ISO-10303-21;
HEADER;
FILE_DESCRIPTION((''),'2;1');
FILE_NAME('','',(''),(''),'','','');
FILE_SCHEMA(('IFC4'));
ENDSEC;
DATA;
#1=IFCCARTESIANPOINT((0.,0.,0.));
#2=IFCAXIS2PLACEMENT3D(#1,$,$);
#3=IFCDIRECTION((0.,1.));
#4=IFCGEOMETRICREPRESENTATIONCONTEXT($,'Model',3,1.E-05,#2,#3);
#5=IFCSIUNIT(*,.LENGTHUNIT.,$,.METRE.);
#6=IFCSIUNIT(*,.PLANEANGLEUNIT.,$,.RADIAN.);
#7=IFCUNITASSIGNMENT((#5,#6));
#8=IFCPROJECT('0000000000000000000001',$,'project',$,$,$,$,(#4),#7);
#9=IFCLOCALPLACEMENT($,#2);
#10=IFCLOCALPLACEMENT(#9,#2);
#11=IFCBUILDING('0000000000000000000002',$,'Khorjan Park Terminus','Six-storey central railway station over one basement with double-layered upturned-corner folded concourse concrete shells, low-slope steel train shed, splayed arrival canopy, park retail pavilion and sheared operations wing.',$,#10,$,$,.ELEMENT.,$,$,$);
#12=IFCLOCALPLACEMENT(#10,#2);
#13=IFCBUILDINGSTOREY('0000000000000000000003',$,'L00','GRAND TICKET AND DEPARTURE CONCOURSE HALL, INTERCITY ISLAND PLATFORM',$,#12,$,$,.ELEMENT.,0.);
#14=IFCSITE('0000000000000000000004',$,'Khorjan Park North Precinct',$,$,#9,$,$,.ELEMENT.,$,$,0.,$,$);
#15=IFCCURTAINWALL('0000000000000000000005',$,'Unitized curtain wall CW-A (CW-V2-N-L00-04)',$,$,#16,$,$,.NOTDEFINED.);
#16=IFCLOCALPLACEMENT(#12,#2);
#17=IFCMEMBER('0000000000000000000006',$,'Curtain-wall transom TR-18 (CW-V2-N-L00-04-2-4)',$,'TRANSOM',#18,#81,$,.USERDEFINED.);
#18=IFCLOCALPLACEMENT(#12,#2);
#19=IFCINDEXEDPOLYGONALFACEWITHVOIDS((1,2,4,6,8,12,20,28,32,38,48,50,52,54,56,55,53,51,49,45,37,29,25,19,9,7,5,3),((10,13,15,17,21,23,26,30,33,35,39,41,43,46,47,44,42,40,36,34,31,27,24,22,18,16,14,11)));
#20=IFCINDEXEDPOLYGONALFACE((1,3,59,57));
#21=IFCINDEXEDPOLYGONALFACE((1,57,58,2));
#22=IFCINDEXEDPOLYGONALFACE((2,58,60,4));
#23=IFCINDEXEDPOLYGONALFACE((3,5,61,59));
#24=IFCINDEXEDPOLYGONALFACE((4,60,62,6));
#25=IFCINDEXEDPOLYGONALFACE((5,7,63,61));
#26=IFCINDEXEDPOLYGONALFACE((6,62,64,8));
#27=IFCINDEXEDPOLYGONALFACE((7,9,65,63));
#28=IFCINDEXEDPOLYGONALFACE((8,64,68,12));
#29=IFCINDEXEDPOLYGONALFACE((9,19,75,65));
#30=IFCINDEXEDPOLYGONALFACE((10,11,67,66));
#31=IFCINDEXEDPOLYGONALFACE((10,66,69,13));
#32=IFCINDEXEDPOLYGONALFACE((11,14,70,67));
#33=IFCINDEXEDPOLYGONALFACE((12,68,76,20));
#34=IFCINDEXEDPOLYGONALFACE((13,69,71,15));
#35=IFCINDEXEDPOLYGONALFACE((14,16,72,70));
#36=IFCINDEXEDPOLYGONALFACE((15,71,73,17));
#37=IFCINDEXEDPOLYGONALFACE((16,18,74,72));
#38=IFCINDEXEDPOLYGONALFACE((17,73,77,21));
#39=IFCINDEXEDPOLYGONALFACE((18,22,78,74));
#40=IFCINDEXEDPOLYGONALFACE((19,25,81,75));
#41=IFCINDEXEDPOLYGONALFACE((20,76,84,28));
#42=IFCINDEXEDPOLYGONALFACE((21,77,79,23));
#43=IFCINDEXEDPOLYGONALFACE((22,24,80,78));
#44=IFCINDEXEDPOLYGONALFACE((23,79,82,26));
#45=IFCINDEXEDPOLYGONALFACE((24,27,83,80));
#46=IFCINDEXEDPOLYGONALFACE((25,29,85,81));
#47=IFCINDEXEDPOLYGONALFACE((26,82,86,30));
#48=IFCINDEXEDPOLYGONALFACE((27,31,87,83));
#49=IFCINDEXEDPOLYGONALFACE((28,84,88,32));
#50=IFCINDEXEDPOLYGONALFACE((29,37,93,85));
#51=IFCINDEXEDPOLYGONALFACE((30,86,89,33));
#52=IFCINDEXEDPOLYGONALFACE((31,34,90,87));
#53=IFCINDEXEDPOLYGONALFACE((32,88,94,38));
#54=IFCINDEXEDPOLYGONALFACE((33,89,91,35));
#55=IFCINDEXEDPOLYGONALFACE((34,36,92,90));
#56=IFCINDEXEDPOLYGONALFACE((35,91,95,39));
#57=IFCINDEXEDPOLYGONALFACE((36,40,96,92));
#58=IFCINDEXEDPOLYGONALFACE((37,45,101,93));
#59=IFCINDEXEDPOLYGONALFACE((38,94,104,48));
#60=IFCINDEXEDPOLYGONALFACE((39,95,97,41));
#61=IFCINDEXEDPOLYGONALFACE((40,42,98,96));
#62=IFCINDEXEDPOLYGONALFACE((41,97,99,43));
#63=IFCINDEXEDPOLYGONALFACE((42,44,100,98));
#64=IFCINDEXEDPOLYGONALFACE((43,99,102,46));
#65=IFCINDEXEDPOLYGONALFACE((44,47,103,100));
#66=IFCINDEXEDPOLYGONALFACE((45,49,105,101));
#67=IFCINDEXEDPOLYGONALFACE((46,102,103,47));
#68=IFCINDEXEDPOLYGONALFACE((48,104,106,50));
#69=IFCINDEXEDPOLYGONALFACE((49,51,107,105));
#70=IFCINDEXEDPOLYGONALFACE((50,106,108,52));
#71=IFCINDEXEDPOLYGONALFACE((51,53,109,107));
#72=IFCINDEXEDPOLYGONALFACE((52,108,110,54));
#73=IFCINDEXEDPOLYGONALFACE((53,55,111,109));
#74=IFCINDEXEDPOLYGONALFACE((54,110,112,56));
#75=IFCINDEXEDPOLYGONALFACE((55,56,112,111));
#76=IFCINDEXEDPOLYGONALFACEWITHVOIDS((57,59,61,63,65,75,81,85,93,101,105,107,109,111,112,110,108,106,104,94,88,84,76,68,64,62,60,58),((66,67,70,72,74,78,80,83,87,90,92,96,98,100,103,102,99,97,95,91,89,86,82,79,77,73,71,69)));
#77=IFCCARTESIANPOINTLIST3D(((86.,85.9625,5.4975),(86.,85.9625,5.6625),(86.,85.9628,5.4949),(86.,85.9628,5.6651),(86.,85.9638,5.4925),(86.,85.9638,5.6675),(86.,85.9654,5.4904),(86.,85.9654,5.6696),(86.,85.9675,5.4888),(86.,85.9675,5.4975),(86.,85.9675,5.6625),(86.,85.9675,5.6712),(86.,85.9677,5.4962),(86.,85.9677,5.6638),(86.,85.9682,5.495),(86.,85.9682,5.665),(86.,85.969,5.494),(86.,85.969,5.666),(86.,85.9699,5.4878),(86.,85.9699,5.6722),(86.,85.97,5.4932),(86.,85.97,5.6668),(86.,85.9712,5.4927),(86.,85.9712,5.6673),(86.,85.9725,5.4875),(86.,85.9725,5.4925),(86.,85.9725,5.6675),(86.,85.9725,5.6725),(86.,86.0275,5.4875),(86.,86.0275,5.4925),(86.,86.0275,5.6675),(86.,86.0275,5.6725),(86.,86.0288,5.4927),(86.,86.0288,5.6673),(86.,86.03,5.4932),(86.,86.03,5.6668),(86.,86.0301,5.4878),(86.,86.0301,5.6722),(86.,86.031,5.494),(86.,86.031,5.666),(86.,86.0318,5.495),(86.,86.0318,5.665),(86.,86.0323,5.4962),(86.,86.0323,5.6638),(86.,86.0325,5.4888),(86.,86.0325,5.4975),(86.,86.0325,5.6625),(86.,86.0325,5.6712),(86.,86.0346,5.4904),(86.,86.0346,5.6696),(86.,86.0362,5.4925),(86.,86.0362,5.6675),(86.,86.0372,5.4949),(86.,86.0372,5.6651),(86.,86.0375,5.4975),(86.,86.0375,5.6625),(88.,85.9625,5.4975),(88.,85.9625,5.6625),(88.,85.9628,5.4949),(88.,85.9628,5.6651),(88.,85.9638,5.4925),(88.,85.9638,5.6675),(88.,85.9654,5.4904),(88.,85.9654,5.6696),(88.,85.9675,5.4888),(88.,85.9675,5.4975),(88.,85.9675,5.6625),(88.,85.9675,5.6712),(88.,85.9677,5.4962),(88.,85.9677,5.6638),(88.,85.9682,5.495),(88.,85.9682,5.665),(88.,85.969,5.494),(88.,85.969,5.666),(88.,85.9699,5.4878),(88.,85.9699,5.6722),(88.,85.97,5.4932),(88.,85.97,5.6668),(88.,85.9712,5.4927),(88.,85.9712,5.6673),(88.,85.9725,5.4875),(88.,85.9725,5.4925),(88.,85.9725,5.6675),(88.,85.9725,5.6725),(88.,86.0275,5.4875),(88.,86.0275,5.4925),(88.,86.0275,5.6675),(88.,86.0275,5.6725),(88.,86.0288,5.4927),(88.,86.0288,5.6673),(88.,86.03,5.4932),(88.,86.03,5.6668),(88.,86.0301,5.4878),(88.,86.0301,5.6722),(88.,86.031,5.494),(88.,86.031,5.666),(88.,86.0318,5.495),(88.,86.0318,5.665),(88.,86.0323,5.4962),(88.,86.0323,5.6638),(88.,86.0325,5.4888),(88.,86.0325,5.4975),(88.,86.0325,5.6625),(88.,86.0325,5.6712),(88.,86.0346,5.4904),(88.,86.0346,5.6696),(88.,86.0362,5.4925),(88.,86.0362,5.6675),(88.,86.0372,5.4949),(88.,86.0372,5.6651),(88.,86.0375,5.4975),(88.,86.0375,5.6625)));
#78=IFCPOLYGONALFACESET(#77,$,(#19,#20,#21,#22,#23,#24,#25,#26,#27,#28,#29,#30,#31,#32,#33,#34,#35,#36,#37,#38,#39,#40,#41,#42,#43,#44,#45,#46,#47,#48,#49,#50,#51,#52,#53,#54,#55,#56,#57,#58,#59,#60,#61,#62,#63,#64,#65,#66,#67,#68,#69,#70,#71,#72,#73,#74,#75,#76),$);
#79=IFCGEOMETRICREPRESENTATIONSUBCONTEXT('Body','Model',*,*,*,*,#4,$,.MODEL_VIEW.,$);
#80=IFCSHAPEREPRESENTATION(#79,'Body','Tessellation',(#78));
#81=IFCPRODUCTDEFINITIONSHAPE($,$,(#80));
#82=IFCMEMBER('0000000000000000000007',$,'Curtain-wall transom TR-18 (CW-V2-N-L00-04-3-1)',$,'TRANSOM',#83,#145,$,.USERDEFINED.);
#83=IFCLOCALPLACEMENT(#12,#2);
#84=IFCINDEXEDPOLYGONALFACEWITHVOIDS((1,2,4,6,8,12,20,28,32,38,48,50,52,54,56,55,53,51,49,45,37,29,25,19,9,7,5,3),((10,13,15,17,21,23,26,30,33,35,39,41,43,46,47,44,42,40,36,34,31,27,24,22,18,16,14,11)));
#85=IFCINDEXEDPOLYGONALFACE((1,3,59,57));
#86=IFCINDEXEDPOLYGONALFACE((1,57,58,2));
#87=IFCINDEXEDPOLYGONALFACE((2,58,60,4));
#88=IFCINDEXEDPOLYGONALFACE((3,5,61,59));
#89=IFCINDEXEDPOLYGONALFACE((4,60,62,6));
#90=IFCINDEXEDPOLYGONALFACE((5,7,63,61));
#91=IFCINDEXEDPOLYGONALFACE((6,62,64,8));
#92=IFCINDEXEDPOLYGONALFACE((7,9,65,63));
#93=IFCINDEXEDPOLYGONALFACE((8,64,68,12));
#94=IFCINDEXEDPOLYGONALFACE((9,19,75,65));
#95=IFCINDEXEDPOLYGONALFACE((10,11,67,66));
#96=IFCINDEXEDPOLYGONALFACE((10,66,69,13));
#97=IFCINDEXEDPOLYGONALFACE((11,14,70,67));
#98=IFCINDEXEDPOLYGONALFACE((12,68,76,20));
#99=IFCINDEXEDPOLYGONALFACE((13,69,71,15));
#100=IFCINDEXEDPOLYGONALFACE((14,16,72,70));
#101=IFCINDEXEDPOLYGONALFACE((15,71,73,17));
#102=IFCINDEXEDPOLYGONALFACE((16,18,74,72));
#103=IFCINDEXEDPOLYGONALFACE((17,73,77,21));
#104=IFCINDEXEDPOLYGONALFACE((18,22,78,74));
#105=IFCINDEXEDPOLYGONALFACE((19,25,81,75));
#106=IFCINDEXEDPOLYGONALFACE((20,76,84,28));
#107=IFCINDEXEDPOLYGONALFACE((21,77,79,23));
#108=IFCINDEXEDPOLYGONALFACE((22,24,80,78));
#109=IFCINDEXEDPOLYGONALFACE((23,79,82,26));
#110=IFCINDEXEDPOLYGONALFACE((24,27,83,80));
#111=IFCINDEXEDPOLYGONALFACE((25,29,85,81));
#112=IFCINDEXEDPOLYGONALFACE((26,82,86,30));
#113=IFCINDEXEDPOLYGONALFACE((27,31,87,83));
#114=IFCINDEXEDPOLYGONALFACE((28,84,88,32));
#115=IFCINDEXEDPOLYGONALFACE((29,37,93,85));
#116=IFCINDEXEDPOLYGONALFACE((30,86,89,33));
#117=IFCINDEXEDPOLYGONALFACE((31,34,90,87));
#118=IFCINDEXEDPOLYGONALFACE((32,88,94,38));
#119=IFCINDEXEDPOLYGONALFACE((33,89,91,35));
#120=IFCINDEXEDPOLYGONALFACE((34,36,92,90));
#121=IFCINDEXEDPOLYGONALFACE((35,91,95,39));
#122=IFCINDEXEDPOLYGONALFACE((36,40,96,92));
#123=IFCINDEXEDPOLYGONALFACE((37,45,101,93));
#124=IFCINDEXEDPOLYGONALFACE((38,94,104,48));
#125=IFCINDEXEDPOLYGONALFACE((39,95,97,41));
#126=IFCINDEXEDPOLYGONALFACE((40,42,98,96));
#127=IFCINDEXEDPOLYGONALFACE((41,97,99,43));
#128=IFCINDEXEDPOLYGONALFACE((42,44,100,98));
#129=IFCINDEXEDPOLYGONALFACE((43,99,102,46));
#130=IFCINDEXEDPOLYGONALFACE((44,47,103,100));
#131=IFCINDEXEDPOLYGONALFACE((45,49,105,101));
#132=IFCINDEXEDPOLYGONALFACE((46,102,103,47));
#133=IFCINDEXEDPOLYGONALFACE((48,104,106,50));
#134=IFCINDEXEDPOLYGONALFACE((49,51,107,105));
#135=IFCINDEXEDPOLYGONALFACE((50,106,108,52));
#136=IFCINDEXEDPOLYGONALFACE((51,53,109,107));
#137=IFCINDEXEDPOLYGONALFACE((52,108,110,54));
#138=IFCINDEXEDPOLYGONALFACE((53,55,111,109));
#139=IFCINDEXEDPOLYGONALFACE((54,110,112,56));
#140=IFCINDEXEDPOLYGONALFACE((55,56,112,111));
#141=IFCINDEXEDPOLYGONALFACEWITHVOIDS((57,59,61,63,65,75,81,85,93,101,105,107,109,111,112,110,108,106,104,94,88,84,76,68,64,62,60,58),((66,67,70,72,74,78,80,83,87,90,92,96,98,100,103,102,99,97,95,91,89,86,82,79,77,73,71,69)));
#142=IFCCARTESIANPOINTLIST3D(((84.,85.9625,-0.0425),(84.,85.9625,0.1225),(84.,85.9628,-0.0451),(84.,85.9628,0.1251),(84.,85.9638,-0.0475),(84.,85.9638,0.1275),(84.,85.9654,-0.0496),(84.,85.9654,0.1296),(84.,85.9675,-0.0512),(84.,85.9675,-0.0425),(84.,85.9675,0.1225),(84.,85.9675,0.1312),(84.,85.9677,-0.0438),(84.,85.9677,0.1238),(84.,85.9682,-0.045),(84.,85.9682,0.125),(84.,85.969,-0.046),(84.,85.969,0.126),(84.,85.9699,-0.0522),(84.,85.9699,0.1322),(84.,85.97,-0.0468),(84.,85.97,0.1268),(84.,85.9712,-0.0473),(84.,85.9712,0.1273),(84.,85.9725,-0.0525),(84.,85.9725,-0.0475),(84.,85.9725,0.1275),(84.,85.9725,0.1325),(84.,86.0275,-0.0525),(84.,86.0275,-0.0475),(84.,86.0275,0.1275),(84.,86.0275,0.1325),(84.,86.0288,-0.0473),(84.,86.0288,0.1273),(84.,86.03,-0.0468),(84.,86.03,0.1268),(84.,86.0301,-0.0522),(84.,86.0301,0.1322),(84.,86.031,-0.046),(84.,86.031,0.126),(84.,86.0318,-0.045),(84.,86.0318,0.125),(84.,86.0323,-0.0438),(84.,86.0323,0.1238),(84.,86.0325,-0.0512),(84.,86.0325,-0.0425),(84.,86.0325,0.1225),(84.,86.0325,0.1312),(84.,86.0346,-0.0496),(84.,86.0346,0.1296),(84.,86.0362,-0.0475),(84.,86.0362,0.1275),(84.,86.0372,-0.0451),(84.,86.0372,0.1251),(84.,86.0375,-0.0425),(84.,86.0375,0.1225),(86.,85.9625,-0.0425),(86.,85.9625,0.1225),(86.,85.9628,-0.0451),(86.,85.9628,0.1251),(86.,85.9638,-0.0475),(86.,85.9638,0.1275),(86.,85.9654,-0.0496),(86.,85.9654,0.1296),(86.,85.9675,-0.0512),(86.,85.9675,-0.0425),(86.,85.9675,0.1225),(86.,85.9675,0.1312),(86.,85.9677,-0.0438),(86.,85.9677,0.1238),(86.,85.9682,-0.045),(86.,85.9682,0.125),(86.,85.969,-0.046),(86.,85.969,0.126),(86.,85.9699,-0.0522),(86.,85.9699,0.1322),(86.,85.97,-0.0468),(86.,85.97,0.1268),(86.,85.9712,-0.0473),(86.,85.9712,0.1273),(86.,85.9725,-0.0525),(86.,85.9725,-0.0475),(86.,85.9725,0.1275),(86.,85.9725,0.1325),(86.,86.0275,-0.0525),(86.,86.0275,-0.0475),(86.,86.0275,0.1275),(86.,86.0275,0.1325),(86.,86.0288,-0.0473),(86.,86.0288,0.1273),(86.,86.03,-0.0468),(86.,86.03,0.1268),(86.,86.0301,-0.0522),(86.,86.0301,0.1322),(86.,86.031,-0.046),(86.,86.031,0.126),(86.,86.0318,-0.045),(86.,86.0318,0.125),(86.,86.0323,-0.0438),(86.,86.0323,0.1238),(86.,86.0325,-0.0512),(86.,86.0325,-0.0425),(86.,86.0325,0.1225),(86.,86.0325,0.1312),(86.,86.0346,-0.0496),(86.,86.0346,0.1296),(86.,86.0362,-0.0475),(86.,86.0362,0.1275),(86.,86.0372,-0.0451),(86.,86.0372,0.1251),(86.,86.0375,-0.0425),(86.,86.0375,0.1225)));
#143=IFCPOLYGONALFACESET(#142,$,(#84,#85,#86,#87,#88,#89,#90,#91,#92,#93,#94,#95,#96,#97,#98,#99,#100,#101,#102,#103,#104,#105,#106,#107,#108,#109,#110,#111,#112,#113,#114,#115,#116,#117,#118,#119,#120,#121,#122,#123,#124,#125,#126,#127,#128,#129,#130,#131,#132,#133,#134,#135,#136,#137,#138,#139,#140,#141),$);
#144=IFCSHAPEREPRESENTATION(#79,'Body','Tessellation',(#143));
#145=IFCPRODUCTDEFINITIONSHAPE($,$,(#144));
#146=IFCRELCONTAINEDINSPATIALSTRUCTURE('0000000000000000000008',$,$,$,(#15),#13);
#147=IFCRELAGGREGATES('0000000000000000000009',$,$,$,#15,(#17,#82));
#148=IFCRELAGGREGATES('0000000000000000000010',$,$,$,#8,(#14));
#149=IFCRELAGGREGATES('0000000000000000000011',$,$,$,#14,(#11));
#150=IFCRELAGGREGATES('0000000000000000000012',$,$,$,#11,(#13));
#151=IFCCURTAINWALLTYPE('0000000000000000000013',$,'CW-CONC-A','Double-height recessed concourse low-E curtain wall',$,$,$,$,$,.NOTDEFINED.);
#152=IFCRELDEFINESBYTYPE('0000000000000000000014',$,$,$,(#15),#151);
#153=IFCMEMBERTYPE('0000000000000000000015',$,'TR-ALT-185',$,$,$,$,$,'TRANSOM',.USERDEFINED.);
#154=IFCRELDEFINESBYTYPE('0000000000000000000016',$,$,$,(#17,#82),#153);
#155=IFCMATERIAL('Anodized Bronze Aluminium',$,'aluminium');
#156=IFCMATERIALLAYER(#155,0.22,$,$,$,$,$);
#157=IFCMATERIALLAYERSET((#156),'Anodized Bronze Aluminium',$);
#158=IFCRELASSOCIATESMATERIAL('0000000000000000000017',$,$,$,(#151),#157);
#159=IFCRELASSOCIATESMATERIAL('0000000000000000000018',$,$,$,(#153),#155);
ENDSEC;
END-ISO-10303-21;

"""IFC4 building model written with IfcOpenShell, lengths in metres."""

from ifc_helpers import new_model, si_unit, direction, frame, origin, origin_2d, place, context, subcontext, project, spatial, hollow_rectangle, extrude, material, layer, layer_set, material_profile, profile_set, type_object, element, aggregate, save


model = new_model("IFC4")

# Units and contexts
model_context = context("Model", 3, precision=1e-05, world=origin(), true_north=direction((0.0, 1.0)))
body_context = subcontext(model_context, "Body", "Model", "MODEL_VIEW")
ifc_project = project(units=[si_unit("LENGTHUNIT", "METRE"), si_unit("PLANEANGLEUNIT", "RADIAN")], contexts=[model_context])

# Site, building, storey
site_placement = place(None, origin())
site = spatial("IfcSite", under=ifc_project, at=site_placement, Name="Khorjan Park North Precinct", CompositionType="ELEMENT", RefElevation=0.0)
building_placement = place(site_placement, origin())
building = spatial("IfcBuilding", under=site, at=building_placement, Name="Khorjan Park Terminus", Description="Six-storey central railway station over one basement with double-layered upturned-corner folded concourse concrete shells, low-slope steel train shed, splayed arrival canopy, park retail pavilion and sheared operations wing.", CompositionType="ELEMENT")
storey_placement = place(building_placement, origin())
storey = spatial("IfcBuildingStorey", under=building, at=storey_placement, Name="L00", Description="GRAND TICKET AND DEPARTURE CONCOURSE HALL, INTERCITY ISLAND PLATFORM", CompositionType="ELEMENT", Elevation=0.0)

# Curtain wall, members
ifc_material_1 = material(Name="Anodized Bronze Aluminium", Category="aluminium")
ifc_layer_1 = layer(ifc_material_1, 0.22)
ifc_layer_set_1 = layer_set([ifc_layer_1], Name="Anodized Bronze Aluminium")
curtain_wall_type = type_object("IfcCurtainWallType", Name="CW-CONC-A", Description="Double-height recessed concourse low-E curtain wall", PredefinedType="NOTDEFINED", material=ifc_layer_set_1)
curtain_wall_placement = place(storey_placement, origin())
curtain_wall = element("IfcCurtainWall", 1, at=curtain_wall_placement, inside=storey, type_object=curtain_wall_type, Name="Unitized curtain wall CW-A (CW-V2-N-L00-04)", PredefinedType="NOTDEFINED")
ifc_material_profile_1 = material_profile(ifc_material_1, hollow_rectangle(XDim=0.075, YDim=0.185, WallThickness=0.005, InnerFilletRadius=0.005, OuterFilletRadius=0.01, at=origin_2d()), Name="ALT 75x185x5")
ifc_profile_set_1 = profile_set([ifc_material_profile_1], Name="Anodized Bronze Aluminium")
member_type_1 = type_object("IfcMemberType", Name="TR-ALT-185", ElementType="TRANSOM", PredefinedType="USERDEFINED", material=ifc_profile_set_1)
member_1_placement = place(storey_placement, frame((88.0, 86.0, 5.58), z_axis=(-1.0, 0.0, 0.0), x_axis=(0.0, -1.0, 0.0)))
member_1 = element("IfcMember", 2, at=member_1_placement, type_object=member_type_1, Name="Curtain-wall transom TR-18 (CW-V2-N-L00-04-2-4)", ObjectType="TRANSOM", PredefinedType="USERDEFINED", context=body_context, shape_type="SweptSolid", body=[
    extrude(hollow_rectangle(XDim=0.075, YDim=0.185, WallThickness=0.005, InnerFilletRadius=0.005, OuterFilletRadius=0.01, at=origin_2d()), origin(), (0.0, 0.0, 1.0), 2.0),
])
member_2_placement = place(storey_placement, frame((86.0, 86.0, 0.04), z_axis=(-1.0, 0.0, 0.0), x_axis=(0.0, -1.0, 0.0)))
member_2 = element("IfcMember", 3, at=member_2_placement, type_object=member_type_1, Name="Curtain-wall transom TR-18 (CW-V2-N-L00-04-3-1)", ObjectType="TRANSOM", PredefinedType="USERDEFINED", context=body_context, shape_type="SweptSolid", body=[
    extrude(hollow_rectangle(XDim=0.075, YDim=0.185, WallThickness=0.005, InnerFilletRadius=0.005, OuterFilletRadius=0.01, at=origin_2d()), origin(), (0.0, 0.0, 1.0), 2.0),
])
aggregate(curtain_wall, [member_1, member_2])

save(model, "model.ifc")
